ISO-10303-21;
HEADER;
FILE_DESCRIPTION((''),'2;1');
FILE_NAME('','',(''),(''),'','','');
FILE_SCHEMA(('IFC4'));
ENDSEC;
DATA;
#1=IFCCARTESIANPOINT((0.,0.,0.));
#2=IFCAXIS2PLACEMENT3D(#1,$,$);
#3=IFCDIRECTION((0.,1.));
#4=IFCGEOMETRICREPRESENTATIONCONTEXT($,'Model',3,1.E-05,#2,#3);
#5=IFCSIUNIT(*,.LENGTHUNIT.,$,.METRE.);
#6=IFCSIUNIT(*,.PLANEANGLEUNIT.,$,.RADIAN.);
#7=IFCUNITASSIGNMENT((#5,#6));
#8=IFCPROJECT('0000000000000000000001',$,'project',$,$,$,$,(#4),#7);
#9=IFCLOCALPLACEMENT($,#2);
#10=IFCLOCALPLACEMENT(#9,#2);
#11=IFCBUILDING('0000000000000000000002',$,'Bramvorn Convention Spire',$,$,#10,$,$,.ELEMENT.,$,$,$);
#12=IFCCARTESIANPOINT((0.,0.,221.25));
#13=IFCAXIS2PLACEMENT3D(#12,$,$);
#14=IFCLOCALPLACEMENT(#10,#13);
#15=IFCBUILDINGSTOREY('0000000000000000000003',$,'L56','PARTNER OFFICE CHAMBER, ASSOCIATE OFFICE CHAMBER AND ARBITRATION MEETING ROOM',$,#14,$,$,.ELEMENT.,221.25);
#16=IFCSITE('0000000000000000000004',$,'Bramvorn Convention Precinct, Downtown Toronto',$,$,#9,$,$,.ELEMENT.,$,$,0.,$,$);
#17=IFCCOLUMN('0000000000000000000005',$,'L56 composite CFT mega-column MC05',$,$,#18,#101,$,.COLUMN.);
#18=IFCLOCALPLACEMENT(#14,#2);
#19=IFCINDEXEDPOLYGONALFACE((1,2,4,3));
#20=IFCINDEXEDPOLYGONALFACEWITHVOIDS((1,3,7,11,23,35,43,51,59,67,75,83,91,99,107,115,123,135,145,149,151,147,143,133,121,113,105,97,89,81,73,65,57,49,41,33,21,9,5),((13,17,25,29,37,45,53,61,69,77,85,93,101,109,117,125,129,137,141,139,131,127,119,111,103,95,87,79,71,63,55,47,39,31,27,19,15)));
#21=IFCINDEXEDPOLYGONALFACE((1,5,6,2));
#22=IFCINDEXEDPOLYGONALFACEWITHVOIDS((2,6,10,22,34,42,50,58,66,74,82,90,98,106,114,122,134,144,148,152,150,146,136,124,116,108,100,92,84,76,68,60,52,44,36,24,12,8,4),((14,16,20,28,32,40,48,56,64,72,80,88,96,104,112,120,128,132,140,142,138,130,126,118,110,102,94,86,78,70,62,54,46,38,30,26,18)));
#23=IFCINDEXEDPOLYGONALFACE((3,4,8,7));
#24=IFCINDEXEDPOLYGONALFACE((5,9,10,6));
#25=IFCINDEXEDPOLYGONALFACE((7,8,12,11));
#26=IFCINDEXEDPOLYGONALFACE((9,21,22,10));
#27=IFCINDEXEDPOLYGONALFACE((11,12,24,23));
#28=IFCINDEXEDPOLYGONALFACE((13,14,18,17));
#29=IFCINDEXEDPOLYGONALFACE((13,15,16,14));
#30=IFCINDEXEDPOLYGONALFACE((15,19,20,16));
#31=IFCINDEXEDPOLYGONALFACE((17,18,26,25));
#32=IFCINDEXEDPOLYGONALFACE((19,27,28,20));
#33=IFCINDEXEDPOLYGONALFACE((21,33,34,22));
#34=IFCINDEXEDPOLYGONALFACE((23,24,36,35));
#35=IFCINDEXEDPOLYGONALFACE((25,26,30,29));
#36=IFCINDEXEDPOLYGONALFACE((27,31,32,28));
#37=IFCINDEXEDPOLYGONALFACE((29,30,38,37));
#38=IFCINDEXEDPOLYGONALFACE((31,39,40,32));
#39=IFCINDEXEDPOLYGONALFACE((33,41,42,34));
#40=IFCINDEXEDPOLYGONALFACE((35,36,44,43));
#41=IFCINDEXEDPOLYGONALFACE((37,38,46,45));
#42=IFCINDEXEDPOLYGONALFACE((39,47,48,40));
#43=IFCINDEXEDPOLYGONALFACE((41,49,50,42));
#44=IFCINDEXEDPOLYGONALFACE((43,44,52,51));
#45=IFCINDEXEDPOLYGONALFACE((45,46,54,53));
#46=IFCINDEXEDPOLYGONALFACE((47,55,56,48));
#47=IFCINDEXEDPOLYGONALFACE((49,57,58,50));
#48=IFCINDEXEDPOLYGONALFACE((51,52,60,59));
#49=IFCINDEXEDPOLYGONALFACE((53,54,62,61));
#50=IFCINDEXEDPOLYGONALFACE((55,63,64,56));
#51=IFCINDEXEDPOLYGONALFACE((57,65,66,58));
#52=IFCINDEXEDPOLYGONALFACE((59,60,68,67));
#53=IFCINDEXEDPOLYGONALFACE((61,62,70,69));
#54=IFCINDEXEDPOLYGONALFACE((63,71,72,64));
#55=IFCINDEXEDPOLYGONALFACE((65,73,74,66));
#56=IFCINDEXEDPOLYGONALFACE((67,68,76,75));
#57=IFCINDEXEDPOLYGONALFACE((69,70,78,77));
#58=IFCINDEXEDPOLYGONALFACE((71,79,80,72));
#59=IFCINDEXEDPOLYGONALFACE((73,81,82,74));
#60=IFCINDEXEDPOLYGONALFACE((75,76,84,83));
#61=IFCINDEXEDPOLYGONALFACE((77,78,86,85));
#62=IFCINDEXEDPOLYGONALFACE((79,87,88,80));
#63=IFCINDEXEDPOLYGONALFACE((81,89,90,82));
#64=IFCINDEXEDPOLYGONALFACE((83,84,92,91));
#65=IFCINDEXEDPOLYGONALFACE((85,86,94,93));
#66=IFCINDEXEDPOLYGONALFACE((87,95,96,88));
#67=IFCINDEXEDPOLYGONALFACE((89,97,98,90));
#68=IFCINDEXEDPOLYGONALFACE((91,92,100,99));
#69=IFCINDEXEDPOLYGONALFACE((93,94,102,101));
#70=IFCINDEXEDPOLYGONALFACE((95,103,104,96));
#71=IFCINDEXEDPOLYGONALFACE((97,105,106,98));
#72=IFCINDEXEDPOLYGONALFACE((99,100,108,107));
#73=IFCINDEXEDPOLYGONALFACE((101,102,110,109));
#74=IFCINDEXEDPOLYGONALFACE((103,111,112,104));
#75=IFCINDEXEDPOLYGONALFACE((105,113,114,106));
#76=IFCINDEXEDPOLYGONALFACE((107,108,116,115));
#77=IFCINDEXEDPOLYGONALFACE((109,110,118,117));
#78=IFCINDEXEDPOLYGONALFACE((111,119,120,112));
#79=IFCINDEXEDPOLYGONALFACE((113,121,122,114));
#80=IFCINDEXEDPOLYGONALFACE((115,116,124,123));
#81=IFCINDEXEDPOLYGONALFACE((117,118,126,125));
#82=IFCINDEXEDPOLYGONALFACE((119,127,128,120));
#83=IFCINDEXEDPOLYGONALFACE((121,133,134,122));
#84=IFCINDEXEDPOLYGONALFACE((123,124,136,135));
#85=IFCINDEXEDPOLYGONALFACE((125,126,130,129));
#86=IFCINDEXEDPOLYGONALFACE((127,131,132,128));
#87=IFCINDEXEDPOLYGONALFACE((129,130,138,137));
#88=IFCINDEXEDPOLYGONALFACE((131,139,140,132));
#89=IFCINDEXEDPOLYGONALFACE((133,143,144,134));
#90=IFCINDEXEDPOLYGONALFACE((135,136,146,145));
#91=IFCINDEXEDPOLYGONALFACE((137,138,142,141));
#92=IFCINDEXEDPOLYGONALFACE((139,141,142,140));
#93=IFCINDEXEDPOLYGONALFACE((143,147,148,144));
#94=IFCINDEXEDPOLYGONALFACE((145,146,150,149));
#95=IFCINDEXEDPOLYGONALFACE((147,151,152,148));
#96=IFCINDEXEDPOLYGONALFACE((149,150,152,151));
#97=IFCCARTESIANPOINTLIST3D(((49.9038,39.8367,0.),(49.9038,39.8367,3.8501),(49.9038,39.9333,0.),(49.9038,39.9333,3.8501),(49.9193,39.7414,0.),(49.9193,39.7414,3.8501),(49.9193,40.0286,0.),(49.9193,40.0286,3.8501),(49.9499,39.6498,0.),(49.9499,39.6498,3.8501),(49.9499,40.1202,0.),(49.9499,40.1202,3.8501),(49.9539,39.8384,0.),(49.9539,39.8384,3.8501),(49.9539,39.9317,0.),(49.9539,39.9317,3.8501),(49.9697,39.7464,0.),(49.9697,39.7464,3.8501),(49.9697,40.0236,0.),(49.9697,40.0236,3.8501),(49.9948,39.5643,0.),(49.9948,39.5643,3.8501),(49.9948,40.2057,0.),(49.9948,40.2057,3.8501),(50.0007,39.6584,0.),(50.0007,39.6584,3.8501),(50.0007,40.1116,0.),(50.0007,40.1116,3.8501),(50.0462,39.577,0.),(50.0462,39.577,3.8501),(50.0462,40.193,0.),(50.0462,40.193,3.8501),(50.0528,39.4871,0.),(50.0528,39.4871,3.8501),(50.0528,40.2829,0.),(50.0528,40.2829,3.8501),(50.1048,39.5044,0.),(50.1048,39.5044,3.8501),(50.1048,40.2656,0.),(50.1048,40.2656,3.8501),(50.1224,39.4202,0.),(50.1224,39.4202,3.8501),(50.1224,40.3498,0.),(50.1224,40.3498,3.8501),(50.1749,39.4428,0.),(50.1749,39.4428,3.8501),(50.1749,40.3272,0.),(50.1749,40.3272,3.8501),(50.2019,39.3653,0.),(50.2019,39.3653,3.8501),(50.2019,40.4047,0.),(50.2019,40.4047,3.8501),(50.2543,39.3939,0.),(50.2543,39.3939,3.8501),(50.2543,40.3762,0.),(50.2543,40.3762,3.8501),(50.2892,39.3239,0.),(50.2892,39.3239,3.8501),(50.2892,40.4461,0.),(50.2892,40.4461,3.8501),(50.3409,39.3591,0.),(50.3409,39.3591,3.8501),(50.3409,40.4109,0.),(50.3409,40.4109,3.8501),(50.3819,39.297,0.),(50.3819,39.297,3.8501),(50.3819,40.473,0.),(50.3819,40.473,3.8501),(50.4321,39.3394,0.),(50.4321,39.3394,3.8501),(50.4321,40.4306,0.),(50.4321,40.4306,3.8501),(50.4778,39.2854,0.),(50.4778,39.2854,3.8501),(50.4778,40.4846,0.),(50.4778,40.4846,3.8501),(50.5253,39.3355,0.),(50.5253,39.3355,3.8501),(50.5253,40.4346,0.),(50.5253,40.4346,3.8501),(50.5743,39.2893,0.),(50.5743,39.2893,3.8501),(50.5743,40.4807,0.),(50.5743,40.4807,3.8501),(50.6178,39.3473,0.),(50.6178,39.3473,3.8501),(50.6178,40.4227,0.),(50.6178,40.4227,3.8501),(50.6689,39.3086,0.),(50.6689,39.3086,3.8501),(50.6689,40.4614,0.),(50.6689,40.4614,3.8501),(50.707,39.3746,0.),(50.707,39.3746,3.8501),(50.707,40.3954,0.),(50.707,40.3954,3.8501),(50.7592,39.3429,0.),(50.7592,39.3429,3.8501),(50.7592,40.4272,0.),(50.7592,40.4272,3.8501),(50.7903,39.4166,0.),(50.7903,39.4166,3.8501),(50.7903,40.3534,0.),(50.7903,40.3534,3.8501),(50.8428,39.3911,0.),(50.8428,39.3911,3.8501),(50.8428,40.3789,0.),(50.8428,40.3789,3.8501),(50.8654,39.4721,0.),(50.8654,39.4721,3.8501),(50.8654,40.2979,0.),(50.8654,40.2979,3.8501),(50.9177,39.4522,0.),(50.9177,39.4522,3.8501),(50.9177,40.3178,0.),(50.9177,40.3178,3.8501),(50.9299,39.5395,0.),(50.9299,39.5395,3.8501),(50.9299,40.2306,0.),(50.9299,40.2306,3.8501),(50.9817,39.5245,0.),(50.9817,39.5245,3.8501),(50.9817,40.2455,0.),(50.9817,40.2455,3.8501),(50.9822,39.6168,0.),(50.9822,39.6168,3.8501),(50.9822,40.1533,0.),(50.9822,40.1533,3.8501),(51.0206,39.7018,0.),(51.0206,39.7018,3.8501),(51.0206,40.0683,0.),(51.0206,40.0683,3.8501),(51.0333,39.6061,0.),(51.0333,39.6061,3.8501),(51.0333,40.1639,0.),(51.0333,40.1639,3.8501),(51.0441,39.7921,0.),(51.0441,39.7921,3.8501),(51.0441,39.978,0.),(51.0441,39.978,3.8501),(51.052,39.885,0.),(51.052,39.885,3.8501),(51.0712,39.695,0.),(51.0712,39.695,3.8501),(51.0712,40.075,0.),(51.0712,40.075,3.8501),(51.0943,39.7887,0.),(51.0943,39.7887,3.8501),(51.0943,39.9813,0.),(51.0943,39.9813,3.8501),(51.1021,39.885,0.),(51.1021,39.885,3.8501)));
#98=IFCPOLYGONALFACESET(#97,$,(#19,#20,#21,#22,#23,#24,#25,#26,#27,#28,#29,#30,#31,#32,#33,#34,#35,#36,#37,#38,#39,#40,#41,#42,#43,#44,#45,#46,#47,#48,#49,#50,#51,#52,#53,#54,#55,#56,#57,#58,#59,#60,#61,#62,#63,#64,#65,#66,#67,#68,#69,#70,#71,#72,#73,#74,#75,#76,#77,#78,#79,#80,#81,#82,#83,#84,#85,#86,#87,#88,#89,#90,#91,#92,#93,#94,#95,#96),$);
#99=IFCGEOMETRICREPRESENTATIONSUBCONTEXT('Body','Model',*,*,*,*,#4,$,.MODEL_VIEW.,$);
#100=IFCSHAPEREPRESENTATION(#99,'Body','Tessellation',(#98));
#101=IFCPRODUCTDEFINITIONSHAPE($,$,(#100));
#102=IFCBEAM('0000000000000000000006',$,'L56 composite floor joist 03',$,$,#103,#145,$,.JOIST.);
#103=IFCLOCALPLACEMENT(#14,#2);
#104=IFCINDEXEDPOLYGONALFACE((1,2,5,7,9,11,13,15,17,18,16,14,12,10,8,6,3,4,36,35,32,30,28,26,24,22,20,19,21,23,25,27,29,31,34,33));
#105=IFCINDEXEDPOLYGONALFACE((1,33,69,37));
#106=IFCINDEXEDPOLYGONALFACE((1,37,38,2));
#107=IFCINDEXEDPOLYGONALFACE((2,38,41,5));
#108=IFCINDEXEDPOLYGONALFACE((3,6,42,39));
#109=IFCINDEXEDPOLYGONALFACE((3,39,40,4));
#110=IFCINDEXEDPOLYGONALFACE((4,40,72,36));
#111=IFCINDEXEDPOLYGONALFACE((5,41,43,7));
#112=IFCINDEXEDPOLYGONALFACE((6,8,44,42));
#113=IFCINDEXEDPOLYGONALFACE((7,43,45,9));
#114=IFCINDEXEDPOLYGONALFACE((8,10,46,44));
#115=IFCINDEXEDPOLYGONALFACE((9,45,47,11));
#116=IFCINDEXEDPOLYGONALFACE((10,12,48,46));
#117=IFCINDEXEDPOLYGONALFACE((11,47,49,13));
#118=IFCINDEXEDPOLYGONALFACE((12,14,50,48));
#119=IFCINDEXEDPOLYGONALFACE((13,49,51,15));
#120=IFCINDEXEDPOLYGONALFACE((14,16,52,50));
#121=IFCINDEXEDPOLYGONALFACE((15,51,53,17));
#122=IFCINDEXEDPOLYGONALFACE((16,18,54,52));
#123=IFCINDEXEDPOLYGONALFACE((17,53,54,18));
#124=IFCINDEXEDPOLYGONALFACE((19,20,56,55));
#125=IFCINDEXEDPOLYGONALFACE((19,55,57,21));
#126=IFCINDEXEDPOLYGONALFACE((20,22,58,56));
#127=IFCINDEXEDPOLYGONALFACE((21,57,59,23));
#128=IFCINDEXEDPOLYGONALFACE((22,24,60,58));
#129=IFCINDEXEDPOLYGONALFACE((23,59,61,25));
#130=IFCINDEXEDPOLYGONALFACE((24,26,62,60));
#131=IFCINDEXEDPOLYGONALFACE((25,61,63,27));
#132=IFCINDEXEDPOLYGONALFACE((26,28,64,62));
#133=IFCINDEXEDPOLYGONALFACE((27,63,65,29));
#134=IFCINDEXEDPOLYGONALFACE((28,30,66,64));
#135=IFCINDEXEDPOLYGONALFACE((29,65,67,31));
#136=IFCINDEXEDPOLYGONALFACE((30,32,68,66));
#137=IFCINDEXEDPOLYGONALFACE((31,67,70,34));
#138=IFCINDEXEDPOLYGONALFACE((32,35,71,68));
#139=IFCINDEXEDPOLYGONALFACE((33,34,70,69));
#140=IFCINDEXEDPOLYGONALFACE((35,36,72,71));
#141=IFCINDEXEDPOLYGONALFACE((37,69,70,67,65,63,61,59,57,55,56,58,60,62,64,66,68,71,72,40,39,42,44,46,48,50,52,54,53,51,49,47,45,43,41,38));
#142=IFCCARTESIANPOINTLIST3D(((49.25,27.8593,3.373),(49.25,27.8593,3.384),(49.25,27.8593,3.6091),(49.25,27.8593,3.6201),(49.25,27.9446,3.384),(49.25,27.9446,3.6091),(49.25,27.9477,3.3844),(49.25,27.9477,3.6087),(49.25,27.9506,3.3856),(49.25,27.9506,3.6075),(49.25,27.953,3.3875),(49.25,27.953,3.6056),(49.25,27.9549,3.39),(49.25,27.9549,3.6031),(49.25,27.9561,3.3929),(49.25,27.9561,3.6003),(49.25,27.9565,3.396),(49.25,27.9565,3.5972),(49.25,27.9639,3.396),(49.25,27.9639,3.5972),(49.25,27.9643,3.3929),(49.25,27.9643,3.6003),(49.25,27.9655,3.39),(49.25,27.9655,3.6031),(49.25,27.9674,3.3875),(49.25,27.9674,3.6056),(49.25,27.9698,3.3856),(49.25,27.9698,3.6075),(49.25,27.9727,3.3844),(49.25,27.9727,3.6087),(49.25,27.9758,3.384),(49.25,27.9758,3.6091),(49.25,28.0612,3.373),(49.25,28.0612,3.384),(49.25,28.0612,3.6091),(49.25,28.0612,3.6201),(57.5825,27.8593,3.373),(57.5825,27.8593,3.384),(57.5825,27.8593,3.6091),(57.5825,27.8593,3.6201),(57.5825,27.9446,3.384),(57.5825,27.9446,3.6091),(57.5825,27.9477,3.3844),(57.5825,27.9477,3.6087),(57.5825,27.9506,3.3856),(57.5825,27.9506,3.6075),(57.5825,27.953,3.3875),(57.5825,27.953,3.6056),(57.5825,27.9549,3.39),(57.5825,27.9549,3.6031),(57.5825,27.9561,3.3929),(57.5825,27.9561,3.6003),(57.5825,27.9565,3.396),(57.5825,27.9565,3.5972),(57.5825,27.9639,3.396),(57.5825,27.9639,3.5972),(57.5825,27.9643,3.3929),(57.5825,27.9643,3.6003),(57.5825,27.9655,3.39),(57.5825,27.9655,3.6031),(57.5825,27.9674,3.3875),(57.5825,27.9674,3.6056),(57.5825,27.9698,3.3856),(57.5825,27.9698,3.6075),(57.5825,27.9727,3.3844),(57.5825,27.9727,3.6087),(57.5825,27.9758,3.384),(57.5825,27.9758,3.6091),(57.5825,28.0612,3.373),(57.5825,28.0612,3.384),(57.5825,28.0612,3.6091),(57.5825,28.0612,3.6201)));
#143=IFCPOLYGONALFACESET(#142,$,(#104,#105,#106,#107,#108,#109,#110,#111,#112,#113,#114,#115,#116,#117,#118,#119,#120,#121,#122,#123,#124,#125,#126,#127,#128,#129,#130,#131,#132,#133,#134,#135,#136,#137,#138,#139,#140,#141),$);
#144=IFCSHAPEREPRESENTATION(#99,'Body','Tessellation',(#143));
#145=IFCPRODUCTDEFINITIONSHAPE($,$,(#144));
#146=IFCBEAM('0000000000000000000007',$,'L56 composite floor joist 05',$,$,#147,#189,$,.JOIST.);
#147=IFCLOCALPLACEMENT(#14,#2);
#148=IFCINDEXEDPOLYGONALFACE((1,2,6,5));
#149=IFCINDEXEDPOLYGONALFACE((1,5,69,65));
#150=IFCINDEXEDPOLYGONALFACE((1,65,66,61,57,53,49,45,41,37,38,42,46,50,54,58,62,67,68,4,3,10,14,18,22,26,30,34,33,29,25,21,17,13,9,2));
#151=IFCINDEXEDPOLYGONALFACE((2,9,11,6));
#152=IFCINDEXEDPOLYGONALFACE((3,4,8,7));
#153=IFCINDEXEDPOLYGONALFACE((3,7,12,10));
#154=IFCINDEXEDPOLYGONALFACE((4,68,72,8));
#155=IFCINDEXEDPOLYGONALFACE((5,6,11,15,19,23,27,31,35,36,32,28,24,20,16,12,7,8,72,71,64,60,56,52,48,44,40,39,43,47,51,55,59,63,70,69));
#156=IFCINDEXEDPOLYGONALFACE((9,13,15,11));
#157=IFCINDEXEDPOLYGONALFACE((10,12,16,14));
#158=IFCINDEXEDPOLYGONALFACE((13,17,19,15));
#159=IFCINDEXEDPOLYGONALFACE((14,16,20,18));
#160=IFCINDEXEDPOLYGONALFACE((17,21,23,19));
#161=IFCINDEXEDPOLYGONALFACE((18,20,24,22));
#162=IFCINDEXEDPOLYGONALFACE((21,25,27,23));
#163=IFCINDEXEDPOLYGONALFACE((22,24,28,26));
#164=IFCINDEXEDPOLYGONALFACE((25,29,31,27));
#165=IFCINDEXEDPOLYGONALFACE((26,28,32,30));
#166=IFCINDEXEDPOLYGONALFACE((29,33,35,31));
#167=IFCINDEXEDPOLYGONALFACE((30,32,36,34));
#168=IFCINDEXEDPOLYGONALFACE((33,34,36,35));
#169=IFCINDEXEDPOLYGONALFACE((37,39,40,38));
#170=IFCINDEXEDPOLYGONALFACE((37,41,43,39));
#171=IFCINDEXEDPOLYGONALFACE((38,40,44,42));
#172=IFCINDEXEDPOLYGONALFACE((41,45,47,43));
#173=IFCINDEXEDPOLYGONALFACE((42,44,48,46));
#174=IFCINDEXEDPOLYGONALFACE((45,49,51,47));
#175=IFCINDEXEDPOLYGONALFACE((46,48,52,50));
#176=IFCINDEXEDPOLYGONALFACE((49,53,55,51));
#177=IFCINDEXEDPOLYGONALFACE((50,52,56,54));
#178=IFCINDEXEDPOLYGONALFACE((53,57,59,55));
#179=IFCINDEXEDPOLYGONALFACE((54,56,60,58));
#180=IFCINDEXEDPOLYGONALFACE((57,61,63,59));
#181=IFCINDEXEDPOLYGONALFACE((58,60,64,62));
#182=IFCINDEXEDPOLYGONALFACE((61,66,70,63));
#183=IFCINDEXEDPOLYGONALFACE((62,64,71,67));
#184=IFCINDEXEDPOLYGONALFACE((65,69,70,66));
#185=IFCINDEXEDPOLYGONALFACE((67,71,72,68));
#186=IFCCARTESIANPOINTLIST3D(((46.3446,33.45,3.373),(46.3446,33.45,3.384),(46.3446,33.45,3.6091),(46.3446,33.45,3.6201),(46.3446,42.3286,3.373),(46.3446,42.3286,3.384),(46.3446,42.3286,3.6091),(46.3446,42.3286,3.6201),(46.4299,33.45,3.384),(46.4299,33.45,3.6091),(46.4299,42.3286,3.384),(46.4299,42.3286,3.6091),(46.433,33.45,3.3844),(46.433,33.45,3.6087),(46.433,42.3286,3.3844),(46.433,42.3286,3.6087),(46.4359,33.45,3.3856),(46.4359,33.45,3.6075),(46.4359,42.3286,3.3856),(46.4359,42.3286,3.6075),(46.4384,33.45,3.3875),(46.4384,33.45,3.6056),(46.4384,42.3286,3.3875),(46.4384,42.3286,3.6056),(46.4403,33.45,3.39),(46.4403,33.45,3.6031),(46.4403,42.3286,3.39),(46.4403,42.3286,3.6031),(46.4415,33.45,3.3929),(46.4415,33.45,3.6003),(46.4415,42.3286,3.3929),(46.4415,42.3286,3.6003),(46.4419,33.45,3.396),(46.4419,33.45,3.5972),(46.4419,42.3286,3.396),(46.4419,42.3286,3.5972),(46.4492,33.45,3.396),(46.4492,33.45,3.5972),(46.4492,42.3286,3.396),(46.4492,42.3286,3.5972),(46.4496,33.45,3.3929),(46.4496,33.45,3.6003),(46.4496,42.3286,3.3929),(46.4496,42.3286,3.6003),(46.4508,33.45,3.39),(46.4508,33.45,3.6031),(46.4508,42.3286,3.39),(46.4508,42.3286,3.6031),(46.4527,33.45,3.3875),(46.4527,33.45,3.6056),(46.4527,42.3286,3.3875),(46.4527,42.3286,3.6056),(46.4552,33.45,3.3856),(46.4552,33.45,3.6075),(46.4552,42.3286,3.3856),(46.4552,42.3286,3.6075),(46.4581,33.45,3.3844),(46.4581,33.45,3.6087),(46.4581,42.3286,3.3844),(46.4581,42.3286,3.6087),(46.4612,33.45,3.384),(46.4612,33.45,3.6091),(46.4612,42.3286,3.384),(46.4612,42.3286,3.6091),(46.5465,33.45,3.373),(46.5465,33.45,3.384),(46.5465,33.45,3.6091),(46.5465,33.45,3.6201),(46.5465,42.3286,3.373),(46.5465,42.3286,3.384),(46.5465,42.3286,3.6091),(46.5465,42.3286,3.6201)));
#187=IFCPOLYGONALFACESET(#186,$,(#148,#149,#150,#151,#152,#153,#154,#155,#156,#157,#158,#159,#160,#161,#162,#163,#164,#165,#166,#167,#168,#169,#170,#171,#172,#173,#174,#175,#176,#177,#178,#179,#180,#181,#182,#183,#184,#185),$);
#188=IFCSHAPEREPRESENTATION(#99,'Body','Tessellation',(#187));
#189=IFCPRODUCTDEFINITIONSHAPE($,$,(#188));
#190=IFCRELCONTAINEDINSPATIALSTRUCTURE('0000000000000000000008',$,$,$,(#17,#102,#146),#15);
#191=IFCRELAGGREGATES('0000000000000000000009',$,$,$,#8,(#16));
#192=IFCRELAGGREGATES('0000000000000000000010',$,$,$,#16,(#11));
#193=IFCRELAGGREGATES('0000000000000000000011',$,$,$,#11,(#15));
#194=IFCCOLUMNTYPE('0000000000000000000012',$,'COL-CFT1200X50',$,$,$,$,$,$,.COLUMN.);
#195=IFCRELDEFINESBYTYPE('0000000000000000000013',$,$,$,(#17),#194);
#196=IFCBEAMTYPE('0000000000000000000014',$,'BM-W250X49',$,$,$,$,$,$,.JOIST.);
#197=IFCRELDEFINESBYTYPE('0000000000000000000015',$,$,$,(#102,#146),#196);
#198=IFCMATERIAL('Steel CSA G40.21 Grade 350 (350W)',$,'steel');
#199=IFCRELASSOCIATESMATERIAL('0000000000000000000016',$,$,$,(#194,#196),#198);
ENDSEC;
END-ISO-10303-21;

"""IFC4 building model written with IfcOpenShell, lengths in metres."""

from ifc_helpers import new_model, si_unit, direction, frame, origin, origin_2d, place, context, subcontext, project, spatial, hollow_circle, i_section, extrude, material, material_profile, profile_set, type_object, element, save


model = new_model("IFC4")

# Units and contexts
model_context = context("Model", 3, precision=1e-05, world=origin(), true_north=direction((0.0, 1.0)))
body_context = subcontext(model_context, "Body", "Model", "MODEL_VIEW")
ifc_project = project(units=[si_unit("LENGTHUNIT", "METRE"), si_unit("PLANEANGLEUNIT", "RADIAN")], contexts=[model_context])

# Site, building, storey
site_placement = place(None, origin())
site = spatial("IfcSite", under=ifc_project, at=site_placement, Name="Bramvorn Convention Precinct, Downtown Toronto", CompositionType="ELEMENT", RefElevation=0.0)
building_placement = place(site_placement, origin())
building = spatial("IfcBuilding", under=site, at=building_placement, Name="Bramvorn Convention Spire", CompositionType="ELEMENT")
storey_placement = place(building_placement, frame((0.0, 0.0, 221.25)))
storey = spatial("IfcBuildingStorey", under=building, at=storey_placement, Name="L56", Description="PARTNER OFFICE CHAMBER, ASSOCIATE OFFICE CHAMBER AND ARBITRATION MEETING ROOM", CompositionType="ELEMENT", Elevation=221.25)

# Column
ifc_material_1 = material(Name="Steel CSA G40.21 Grade 350 (350W)", Category="steel")
ifc_material_profile_1 = material_profile(ifc_material_1, hollow_circle(Radius=0.6001, WallThickness=0.05, at=origin_2d()))
ifc_profile_set_1 = profile_set([ifc_material_profile_1], Name="Steel CSA G40.21 Grade 350 (350W) - CFT1200X50")
column_type = type_object("IfcColumnType", Name="COL-CFT1200X50", PredefinedType="COLUMN", material=ifc_profile_set_1)
for number, where, z_axis, x_axis, name in (
    (1, (50.502, 39.885, 0.0), (0.0, 0.0, 1.0), (1.0, 0.0, 0.0), "L56 composite CFT mega-column MC05"),
):
    element("IfcColumn", number, at=place(storey_placement, frame(where, z_axis=z_axis, x_axis=x_axis)), inside=storey, type_object=column_type, Name=name, PredefinedType="COLUMN", context=body_context, shape_type="SweptSolid", body=[
        extrude(hollow_circle(Radius=0.6001, WallThickness=0.05, at=origin_2d()), origin(), (0.0, 0.0, 1.0), 3.8501),
    ])

# Beams
ifc_material_profile_2 = material_profile(ifc_material_1, i_section(OverallWidth=0.2019, OverallDepth=0.2471, WebThickness=0.0073, FlangeThickness=0.011, FilletRadius=0.012, at=origin_2d()))
ifc_profile_set_2 = profile_set([ifc_material_profile_2], Name="Steel CSA G40.21 Grade 350 (350W) - W250X49")
beam_type_1 = type_object("IfcBeamType", Name="BM-W250X49", PredefinedType="JOIST", material=ifc_profile_set_2)
beam_1_placement = place(storey_placement, frame((49.25, 27.9602, 3.4966), z_axis=(1.0, 0.0, 0.0), x_axis=(0.0, 1.0, 0.0)))
element("IfcBeam", 2, at=beam_1_placement, inside=storey, type_object=beam_type_1, Name="L56 composite floor joist 03", PredefinedType="JOIST", context=body_context, shape_type="SweptSolid", body=[
    extrude(i_section(OverallWidth=0.2019, OverallDepth=0.2471, WebThickness=0.0073, FlangeThickness=0.011, FilletRadius=0.012, at=origin_2d()), origin(), (0.0, 0.0, 1.0), 8.3325),
])
beam_2_placement = place(storey_placement, frame((46.4456, 33.45, 3.4966), z_axis=(0.0, 1.0, 0.0), x_axis=(-1.0, 0.0, 0.0)))
element("IfcBeam", 3, at=beam_2_placement, inside=storey, type_object=beam_type_1, Name="L56 composite floor joist 05", PredefinedType="JOIST", context=body_context, shape_type="SweptSolid", body=[
    extrude(i_section(OverallWidth=0.2019, OverallDepth=0.2471, WebThickness=0.0073, FlangeThickness=0.011, FilletRadius=0.012, at=origin_2d()), origin(), (0.0, 0.0, 1.0), 8.8787),
])

save(model, "model.ifc")
